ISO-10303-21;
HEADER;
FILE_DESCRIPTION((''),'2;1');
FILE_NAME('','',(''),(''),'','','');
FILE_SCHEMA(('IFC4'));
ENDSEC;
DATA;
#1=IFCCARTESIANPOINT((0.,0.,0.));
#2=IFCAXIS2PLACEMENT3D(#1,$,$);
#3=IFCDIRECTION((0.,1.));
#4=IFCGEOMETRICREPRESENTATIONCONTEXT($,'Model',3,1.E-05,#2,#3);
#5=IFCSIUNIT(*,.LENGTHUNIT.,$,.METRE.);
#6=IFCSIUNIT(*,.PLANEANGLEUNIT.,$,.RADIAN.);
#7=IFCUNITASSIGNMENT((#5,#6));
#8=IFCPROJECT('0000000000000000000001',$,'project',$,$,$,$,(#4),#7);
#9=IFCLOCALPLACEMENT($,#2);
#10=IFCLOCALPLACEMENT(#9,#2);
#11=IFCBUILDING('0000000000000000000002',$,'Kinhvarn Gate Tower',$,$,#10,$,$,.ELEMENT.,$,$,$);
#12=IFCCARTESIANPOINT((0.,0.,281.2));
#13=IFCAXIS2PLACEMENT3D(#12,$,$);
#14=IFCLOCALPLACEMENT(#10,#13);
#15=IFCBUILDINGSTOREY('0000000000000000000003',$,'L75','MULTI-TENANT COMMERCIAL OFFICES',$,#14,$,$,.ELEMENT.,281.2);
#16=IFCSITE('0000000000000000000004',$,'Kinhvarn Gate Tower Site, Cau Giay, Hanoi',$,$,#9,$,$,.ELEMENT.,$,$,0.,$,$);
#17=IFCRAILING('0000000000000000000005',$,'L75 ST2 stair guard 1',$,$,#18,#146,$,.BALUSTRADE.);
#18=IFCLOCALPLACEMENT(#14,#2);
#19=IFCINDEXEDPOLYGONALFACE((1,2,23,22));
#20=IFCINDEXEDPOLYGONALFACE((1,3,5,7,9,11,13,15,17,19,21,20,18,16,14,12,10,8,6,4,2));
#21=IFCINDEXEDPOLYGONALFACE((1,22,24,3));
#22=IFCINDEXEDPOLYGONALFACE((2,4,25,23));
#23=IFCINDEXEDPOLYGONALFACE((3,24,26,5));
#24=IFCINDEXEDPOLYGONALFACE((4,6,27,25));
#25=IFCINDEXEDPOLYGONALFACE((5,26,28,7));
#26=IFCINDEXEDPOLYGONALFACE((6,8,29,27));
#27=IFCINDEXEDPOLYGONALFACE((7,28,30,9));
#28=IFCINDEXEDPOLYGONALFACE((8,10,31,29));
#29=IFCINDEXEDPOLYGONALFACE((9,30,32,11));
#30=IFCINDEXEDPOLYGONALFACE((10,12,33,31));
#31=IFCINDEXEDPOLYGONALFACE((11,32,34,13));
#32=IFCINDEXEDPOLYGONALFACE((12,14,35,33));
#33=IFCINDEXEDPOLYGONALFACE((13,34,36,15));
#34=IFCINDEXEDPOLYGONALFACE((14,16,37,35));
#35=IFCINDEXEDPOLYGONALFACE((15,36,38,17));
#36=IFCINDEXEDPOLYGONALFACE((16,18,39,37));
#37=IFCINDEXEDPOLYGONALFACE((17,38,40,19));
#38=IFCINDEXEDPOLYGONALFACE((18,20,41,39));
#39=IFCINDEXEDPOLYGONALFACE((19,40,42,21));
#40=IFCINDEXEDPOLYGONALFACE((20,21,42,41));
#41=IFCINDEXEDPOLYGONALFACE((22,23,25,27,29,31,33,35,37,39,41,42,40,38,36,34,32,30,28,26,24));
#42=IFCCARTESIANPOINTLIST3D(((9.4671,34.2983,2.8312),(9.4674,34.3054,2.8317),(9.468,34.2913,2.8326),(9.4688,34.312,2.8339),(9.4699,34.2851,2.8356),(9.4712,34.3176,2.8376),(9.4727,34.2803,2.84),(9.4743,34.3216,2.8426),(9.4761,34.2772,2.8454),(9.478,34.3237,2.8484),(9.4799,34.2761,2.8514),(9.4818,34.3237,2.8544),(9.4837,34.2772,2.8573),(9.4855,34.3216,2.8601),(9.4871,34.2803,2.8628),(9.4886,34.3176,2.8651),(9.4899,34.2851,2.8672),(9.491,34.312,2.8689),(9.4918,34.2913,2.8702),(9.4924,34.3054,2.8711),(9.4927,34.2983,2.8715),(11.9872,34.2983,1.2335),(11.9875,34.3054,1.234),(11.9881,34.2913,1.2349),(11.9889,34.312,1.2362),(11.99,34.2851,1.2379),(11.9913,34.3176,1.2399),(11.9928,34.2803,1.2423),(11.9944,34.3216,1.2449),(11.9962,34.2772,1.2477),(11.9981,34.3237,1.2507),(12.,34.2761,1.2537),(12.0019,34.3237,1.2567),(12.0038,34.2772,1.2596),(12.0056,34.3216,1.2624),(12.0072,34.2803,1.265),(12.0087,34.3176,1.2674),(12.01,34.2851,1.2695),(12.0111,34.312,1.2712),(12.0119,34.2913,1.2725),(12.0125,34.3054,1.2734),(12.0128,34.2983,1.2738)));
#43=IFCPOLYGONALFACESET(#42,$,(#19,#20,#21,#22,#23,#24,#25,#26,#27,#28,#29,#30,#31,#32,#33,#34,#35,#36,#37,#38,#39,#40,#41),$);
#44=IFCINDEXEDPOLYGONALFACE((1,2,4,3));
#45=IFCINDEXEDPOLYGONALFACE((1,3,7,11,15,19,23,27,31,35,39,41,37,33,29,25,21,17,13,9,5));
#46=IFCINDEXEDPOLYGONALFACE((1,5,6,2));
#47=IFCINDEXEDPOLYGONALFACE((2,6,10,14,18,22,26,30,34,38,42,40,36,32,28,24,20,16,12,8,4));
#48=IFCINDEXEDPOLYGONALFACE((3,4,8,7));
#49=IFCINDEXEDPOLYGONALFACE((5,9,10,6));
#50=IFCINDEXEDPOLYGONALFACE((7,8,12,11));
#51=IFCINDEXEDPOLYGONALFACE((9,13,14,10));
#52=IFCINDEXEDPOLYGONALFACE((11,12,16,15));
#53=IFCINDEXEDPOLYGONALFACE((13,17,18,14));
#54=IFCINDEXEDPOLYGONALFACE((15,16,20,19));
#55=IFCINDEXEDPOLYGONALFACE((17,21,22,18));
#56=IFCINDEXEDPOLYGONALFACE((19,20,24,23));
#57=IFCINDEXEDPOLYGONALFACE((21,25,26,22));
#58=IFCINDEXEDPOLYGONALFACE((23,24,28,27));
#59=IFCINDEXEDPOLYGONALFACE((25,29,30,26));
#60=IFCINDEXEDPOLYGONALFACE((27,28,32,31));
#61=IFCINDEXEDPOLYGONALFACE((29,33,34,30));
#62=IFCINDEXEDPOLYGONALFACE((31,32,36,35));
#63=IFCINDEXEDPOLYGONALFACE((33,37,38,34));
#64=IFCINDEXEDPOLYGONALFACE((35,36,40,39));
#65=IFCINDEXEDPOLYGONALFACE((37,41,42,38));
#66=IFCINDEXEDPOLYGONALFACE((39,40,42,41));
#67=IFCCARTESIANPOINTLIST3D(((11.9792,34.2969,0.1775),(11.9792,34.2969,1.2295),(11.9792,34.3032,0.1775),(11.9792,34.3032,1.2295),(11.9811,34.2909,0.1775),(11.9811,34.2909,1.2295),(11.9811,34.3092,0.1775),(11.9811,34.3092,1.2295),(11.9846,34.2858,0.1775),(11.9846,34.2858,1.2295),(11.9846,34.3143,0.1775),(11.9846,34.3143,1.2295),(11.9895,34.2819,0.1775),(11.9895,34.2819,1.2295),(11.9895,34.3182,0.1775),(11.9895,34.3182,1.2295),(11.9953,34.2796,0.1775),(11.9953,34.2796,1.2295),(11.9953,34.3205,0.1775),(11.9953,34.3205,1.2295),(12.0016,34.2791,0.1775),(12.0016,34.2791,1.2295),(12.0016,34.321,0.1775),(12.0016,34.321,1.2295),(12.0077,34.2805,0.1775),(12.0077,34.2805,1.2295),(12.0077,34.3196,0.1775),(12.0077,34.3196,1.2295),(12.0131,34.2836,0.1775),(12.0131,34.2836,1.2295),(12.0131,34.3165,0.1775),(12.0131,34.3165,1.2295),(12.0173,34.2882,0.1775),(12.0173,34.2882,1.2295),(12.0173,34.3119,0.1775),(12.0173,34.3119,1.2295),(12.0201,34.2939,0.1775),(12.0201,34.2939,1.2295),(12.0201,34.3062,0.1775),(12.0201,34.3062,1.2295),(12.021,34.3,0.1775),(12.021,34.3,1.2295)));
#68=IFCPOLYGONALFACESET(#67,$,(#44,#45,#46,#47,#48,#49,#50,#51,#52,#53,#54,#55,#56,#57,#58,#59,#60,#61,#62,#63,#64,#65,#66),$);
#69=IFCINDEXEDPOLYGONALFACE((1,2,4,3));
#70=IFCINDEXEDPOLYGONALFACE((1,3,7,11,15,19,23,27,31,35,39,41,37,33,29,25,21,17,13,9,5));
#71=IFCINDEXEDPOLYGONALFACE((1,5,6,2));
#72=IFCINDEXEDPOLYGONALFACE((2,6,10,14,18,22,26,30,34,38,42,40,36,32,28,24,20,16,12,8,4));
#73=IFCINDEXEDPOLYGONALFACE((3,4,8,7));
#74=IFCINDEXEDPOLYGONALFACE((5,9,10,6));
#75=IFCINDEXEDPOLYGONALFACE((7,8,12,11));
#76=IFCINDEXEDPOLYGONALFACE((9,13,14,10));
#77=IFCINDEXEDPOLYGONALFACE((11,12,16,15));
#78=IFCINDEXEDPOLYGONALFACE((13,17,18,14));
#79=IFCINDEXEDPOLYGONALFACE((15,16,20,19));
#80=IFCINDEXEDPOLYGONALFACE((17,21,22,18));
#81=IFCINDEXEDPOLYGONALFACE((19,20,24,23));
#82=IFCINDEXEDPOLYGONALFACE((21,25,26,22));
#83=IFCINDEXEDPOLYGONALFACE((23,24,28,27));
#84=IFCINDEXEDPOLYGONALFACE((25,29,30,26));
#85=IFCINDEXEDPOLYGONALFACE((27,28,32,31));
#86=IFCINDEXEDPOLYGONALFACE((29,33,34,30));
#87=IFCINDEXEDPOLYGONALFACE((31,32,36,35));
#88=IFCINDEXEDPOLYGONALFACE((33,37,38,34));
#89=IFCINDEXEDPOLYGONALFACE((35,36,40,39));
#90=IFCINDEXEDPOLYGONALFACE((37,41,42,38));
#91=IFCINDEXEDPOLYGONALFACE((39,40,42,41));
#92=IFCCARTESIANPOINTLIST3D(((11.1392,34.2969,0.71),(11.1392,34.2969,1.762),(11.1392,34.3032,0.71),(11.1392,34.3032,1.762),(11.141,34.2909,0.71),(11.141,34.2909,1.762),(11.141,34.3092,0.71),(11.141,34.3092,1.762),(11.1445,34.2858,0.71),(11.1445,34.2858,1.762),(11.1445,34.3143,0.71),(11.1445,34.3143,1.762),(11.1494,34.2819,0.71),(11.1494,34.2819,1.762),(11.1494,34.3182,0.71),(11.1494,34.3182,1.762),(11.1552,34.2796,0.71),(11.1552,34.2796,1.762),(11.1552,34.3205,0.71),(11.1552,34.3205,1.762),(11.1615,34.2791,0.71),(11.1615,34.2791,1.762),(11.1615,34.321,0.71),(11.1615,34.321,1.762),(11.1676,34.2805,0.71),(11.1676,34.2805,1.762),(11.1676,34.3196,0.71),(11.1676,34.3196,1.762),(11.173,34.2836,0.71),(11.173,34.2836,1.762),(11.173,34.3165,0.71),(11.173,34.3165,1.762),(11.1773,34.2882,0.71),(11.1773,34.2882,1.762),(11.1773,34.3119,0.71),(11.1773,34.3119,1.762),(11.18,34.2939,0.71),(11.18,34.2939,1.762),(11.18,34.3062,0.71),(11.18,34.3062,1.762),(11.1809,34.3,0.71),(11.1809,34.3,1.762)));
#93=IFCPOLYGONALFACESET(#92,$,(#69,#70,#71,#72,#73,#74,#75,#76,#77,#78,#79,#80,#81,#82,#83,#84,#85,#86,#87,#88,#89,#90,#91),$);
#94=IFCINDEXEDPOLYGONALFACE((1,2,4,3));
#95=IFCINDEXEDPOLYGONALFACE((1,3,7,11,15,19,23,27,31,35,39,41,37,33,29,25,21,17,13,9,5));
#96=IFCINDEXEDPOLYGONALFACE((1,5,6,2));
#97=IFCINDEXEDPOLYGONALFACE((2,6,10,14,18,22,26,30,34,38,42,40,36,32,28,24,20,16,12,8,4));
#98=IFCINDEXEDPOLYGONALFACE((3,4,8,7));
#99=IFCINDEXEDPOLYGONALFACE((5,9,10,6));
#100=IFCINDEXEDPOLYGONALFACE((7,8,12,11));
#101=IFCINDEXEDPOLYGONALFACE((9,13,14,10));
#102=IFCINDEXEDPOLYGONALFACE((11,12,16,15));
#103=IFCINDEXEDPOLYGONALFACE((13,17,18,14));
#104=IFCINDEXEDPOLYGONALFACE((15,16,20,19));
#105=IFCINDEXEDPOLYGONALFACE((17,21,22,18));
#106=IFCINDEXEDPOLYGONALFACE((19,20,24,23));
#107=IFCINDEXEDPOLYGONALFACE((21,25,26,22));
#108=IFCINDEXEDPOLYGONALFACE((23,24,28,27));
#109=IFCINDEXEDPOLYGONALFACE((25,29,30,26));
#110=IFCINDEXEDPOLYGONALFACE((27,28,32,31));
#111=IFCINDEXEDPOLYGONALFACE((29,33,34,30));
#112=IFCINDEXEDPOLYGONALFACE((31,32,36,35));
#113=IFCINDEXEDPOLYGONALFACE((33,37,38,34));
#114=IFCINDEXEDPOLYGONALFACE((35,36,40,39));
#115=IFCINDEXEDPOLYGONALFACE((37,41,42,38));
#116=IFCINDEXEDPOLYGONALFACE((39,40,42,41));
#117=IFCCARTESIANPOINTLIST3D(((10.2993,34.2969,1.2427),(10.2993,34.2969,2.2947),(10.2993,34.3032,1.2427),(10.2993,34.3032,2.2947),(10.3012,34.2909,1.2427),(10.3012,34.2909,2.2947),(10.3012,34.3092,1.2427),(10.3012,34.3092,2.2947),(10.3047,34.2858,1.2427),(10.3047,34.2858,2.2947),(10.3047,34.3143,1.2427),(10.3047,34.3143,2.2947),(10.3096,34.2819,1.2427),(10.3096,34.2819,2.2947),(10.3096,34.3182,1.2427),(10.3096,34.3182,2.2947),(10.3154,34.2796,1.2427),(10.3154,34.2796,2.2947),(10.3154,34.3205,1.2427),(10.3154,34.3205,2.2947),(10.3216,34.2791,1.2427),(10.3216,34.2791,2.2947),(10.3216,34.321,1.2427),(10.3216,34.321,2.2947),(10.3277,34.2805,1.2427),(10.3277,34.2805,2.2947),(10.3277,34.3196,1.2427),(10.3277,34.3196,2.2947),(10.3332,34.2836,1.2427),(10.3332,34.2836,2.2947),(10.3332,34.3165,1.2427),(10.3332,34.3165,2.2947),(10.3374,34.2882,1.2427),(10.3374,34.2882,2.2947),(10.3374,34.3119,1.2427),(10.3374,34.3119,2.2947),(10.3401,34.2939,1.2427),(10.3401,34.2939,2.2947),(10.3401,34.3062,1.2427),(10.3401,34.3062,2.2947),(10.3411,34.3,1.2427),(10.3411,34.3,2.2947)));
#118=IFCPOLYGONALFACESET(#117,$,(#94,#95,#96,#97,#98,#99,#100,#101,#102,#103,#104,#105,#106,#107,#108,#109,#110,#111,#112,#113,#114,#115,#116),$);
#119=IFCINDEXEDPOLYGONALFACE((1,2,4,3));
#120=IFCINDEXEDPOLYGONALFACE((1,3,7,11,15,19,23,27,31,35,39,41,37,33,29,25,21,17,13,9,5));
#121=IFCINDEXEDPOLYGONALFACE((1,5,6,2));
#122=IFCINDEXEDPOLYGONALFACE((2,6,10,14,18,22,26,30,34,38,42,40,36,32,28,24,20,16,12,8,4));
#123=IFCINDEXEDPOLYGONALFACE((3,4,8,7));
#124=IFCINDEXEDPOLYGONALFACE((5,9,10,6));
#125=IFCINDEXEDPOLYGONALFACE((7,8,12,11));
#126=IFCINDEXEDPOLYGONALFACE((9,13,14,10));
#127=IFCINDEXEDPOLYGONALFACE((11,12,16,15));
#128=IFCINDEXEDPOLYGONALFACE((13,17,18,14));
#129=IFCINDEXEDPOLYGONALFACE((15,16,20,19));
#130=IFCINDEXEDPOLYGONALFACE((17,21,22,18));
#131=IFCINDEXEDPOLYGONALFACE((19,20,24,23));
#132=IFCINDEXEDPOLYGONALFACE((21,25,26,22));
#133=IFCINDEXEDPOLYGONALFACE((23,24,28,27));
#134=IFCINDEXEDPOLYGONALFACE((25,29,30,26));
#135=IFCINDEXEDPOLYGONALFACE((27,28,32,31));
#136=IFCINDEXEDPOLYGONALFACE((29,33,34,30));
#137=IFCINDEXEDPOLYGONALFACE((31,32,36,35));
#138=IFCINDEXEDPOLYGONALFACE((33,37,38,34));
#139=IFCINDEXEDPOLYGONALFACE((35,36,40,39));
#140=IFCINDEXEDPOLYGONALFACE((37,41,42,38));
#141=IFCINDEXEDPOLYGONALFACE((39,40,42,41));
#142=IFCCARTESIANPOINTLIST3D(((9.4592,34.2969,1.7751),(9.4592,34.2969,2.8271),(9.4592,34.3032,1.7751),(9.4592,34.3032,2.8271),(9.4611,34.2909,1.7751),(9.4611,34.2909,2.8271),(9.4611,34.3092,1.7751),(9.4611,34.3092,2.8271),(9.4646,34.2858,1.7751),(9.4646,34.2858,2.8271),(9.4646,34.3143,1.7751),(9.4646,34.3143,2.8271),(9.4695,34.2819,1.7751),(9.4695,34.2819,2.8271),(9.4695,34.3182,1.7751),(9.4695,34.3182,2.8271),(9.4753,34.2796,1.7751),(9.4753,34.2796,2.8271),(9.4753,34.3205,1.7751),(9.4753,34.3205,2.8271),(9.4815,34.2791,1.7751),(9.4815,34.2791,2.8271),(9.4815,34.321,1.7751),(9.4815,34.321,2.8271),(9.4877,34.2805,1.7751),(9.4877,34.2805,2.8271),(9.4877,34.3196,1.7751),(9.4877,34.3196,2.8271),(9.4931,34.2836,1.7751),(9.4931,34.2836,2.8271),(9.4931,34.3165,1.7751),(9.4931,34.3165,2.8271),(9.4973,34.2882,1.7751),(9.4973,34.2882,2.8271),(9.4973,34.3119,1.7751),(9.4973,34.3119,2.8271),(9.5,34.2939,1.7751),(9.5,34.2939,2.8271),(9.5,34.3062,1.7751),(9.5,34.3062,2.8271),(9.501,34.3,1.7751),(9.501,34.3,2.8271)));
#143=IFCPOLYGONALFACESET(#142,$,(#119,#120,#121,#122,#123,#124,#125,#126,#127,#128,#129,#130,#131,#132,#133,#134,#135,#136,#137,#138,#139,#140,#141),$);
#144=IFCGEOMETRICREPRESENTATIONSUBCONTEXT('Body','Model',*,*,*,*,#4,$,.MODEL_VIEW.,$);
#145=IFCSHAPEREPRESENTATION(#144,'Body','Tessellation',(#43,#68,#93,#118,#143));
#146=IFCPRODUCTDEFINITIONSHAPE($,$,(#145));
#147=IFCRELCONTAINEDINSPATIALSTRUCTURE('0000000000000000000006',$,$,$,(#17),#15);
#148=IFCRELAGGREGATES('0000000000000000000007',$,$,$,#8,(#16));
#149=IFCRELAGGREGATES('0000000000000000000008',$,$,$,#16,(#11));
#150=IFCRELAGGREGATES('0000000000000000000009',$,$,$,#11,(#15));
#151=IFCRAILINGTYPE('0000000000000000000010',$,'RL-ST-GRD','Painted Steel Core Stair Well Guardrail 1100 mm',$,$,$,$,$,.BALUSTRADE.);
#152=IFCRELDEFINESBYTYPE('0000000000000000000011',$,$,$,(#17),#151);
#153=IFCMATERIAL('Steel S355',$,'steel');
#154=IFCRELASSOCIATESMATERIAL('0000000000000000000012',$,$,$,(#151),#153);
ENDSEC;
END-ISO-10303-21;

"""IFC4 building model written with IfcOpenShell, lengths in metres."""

from ifc_helpers import new_model, si_unit, direction, frame, origin, origin_2d, place, context, subcontext, project, spatial, circle, extrude, material, type_object, element, save


model = new_model("IFC4")

# Units and contexts
model_context = context("Model", 3, precision=1e-05, world=origin(), true_north=direction((0.0, 1.0)))
body_context = subcontext(model_context, "Body", "Model", "MODEL_VIEW")
ifc_project = project(units=[si_unit("LENGTHUNIT", "METRE"), si_unit("PLANEANGLEUNIT", "RADIAN")], contexts=[model_context])

# Site, building, storey
site_placement = place(None, origin())
site = spatial("IfcSite", under=ifc_project, at=site_placement, Name="Kinhvarn Gate Tower Site, Cau Giay, Hanoi", CompositionType="ELEMENT", RefElevation=0.0)
building_placement = place(site_placement, origin())
building = spatial("IfcBuilding", under=site, at=building_placement, Name="Kinhvarn Gate Tower", CompositionType="ELEMENT")
storey_placement = place(building_placement, frame((0.0, 0.0, 281.2)))
storey = spatial("IfcBuildingStorey", under=building, at=storey_placement, Name="L75", Description="MULTI-TENANT COMMERCIAL OFFICES", CompositionType="ELEMENT", Elevation=281.2)

# Shared definitions
ifc_material_1 = material(Name="Steel S355", Category="steel")

# Railing
railing_type_1 = type_object("IfcRailingType", Name="RL-ST-GRD", Description="Painted Steel Core Stair Well Guardrail 1100 mm", PredefinedType="BALUSTRADE", material=ifc_material_1)
railing_1_placement = place(storey_placement, frame((12.0, 34.3, 0.1775)))
element("IfcRailing", 1, at=railing_1_placement, inside=storey, type_object=railing_type_1, Name="L75 ST2 stair guard 1", PredefinedType="BALUSTRADE", context=body_context, shape_type="SweptSolid", body=[
    extrude(circle(Radius=0.0239, at=origin_2d()), frame((0.0, 0.0, 1.0762), z_axis=(-0.84457, 0.0, 0.535445), x_axis=(0.0, -1.0, 0.0)), (0.0, 0.0, 1.0), 2.9839),
    extrude(circle(Radius=0.021, at=origin_2d()), origin(), (0.0, 0.0, 1.0), 1.052),
    extrude(circle(Radius=0.021, at=origin_2d()), frame((-0.8401, 0.0, 0.5325)), (0.0, 0.0, 1.0), 1.052),
    extrude(circle(Radius=0.021, at=origin_2d()), frame((-1.6799, 0.0, 1.0652)), (0.0, 0.0, 1.0), 1.052),
    extrude(circle(Radius=0.021, at=origin_2d()), frame((-2.52, 0.0, 1.5977)), (0.0, 0.0, 1.0), 1.052),
])

save(model, "model.ifc")
